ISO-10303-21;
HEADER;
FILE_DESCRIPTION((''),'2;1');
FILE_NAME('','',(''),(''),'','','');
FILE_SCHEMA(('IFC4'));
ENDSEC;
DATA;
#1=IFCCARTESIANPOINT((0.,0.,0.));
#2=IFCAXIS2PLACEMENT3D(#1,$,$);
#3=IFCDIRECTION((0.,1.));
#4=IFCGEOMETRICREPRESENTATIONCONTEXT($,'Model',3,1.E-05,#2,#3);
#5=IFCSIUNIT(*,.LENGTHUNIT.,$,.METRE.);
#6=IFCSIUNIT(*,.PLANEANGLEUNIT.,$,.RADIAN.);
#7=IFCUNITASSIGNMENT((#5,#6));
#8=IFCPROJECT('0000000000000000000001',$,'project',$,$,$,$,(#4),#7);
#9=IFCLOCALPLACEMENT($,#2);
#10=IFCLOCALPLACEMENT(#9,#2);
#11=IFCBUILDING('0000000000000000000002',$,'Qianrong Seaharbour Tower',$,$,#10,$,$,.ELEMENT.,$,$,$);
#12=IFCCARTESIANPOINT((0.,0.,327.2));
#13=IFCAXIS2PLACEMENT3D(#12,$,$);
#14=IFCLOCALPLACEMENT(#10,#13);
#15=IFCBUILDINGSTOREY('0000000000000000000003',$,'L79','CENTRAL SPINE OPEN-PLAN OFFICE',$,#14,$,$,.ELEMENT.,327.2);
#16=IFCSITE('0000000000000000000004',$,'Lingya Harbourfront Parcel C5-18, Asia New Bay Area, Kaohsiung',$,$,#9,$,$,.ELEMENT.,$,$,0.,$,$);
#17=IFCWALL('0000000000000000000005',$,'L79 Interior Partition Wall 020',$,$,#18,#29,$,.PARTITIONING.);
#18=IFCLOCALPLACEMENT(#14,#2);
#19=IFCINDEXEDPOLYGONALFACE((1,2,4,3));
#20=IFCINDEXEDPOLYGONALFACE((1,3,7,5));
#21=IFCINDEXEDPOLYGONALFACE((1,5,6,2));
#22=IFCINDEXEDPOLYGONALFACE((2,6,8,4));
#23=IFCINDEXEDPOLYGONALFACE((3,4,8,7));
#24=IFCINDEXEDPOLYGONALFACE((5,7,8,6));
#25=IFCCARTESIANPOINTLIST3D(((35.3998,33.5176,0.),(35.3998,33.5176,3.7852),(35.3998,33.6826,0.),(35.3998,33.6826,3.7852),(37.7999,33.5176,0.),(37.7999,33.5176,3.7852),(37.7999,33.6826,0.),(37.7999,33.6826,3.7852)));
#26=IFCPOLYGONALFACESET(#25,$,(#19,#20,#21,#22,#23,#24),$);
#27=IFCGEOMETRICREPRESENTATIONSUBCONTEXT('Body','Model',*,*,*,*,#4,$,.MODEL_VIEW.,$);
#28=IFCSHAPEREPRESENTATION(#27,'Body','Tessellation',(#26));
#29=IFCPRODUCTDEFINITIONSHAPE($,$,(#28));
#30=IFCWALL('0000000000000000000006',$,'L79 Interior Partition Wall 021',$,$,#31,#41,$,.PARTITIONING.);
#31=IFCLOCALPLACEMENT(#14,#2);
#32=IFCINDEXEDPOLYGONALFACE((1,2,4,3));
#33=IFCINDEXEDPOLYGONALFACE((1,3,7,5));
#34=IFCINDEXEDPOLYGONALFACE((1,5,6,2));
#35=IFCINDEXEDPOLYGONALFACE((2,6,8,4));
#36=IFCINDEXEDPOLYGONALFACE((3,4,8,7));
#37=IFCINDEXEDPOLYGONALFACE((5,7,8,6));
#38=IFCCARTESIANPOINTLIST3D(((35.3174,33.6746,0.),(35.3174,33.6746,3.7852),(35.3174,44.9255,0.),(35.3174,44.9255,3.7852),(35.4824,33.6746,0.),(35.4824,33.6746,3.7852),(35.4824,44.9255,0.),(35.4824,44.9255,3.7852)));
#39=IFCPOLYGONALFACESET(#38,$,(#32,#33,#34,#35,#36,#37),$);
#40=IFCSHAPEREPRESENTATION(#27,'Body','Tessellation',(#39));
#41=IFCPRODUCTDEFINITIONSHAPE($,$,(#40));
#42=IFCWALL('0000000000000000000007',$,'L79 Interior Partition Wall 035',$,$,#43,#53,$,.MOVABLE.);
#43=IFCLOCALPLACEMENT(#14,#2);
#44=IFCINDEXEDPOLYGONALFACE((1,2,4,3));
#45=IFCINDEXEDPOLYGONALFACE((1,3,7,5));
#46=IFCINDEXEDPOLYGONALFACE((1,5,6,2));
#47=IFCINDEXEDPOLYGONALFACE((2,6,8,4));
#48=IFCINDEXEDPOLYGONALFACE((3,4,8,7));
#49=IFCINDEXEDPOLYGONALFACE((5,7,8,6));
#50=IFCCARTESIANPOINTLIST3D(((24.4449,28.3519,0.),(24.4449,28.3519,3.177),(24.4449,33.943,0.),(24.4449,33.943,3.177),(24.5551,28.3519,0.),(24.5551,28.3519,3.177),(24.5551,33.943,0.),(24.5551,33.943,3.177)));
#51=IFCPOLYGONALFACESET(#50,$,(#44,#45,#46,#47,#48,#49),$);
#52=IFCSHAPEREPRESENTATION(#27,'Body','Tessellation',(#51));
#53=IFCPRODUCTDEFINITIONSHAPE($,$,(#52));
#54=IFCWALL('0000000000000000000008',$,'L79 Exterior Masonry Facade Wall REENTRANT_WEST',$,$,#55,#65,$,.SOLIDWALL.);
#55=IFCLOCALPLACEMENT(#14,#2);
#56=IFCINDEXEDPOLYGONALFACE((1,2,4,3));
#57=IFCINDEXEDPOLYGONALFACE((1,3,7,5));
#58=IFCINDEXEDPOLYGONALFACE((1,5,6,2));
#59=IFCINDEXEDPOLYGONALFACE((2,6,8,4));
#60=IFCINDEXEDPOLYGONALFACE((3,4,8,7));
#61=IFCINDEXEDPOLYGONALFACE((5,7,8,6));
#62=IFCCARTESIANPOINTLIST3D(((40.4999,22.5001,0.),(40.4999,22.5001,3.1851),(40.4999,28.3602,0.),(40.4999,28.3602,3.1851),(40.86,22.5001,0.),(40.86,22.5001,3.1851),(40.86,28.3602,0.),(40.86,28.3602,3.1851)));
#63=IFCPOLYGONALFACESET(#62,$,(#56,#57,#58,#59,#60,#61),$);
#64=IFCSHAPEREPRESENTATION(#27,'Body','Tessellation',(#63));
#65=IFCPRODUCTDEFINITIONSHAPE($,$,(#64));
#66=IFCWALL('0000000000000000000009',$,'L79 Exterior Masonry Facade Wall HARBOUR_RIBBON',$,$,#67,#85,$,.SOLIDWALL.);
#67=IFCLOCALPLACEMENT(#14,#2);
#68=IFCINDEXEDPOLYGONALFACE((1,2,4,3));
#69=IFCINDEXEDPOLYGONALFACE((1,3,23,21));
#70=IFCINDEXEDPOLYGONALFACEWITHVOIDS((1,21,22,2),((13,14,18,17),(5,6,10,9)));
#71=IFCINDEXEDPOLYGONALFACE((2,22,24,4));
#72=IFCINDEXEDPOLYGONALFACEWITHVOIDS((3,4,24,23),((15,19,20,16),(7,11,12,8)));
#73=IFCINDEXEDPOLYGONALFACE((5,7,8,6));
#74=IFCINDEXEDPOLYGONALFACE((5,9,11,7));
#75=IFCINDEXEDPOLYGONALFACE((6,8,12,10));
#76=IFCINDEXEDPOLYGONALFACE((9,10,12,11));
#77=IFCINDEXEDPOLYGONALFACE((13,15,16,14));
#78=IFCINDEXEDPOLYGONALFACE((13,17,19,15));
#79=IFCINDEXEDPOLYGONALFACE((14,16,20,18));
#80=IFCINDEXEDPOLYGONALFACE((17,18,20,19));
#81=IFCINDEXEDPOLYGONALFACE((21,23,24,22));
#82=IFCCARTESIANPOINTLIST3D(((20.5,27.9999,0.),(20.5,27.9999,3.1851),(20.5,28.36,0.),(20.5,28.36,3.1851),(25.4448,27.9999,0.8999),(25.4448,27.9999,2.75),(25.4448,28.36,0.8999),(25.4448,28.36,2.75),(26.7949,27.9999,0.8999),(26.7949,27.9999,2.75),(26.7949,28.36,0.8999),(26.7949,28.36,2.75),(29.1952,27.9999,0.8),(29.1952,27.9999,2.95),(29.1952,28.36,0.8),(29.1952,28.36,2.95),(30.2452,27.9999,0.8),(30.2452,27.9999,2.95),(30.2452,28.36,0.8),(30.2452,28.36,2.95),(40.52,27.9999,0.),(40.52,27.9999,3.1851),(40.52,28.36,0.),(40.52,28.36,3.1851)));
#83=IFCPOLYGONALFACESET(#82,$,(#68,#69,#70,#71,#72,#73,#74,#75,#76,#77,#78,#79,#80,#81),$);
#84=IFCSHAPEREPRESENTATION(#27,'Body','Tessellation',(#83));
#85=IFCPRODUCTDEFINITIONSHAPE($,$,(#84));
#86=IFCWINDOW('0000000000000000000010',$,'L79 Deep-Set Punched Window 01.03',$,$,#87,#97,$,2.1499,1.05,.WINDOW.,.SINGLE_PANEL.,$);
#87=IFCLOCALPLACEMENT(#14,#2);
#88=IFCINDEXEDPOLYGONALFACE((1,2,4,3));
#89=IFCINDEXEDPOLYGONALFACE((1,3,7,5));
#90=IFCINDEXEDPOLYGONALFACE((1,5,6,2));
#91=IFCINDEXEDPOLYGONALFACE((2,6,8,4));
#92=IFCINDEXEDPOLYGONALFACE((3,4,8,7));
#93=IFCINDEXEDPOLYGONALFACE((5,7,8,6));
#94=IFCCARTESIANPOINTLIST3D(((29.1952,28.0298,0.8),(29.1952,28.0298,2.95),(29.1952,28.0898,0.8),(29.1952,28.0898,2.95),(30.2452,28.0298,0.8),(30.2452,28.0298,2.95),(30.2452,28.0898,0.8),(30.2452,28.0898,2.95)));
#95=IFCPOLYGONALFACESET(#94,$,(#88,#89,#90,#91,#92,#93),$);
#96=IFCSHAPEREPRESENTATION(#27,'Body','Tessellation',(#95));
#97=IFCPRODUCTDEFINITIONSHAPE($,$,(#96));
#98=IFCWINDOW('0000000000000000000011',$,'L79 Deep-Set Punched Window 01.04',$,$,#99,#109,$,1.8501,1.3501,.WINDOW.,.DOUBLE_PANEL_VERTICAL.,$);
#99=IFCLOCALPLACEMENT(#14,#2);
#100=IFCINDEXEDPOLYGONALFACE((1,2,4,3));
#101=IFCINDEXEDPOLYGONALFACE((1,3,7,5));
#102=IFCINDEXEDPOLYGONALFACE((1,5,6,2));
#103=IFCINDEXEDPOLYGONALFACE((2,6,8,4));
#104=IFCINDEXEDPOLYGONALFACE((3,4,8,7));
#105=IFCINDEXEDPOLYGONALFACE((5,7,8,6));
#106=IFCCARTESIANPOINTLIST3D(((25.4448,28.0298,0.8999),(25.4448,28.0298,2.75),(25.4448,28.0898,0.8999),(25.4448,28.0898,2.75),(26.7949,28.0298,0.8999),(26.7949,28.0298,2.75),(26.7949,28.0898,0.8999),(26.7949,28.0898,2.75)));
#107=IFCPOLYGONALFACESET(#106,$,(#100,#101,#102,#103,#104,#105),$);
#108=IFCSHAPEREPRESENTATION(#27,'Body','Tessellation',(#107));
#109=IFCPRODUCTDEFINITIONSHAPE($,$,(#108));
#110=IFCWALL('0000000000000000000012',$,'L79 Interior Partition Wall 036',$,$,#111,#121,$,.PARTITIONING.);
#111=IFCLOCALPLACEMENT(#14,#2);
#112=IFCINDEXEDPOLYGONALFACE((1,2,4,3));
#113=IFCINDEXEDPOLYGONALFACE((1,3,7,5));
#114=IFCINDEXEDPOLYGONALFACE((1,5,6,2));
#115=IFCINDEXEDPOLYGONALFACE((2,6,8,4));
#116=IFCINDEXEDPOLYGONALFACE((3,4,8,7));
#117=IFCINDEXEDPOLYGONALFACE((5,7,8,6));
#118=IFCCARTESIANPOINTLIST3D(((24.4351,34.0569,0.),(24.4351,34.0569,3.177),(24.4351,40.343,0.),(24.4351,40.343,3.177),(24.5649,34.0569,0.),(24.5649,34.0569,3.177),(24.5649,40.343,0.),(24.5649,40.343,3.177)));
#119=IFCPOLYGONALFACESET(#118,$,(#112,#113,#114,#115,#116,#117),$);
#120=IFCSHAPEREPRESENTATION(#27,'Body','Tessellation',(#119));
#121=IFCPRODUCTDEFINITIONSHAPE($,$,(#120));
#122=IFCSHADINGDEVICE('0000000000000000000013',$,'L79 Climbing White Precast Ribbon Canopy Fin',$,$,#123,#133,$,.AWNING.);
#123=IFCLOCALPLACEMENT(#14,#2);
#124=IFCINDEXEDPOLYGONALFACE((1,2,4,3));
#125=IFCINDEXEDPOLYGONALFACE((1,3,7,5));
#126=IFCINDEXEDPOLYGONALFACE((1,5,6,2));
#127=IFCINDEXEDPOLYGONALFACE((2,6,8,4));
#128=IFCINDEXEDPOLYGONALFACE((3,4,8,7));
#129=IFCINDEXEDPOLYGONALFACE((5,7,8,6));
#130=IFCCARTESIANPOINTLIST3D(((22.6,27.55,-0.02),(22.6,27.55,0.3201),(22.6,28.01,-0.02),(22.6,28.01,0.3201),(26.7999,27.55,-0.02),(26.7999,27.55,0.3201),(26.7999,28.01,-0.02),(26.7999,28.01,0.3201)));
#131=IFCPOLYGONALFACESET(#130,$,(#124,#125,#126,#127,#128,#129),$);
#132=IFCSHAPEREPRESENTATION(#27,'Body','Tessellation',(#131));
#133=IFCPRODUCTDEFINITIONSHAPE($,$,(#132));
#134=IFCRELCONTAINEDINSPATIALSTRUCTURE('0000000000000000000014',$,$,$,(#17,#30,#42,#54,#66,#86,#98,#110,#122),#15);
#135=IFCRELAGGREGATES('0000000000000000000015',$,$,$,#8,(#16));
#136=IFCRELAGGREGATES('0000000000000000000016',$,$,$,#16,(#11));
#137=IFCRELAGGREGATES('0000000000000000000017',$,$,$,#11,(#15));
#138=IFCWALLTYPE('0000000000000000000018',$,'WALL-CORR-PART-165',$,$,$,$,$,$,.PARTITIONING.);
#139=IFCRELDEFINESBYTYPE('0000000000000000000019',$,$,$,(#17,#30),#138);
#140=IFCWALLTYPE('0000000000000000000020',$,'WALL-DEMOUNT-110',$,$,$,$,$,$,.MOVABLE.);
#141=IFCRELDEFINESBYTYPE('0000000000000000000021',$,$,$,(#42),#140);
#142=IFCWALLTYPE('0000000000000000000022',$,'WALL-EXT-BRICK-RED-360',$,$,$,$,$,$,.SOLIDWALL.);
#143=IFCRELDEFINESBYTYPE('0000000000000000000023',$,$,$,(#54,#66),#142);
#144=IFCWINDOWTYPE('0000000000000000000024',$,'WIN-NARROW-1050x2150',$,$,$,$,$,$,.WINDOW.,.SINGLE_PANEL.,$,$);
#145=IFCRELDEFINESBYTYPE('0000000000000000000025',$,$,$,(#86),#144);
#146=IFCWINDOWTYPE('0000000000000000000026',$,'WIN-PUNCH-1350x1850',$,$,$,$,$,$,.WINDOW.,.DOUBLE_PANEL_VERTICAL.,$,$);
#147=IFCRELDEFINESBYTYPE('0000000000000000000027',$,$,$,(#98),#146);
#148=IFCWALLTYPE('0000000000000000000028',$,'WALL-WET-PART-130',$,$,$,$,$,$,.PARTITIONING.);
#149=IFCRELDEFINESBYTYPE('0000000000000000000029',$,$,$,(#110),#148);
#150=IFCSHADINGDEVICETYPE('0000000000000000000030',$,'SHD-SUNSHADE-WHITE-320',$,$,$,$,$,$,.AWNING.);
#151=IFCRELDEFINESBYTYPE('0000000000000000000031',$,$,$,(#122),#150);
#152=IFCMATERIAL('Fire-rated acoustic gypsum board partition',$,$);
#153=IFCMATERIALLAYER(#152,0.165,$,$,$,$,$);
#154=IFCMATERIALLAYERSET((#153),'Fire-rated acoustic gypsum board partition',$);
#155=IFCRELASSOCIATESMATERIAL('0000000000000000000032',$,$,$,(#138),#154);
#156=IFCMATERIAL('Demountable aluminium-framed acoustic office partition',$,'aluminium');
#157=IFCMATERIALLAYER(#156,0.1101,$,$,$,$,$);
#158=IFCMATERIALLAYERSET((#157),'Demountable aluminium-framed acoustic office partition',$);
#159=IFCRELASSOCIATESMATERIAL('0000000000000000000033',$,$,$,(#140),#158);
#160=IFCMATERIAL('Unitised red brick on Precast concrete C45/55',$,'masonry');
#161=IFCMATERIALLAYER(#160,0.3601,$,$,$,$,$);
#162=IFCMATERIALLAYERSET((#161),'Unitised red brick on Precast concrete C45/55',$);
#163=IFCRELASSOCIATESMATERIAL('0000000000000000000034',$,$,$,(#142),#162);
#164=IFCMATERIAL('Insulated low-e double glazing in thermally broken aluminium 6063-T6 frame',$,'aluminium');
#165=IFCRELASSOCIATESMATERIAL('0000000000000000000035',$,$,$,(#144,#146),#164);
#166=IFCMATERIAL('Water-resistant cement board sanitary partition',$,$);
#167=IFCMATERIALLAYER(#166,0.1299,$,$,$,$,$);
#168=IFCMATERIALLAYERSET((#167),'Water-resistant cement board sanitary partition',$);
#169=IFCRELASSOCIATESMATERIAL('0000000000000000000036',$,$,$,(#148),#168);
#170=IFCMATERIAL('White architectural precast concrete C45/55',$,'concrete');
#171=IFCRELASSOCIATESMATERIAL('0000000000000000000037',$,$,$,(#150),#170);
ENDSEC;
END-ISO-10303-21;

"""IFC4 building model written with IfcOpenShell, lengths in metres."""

from ifc_helpers import new_model, si_unit, direction, frame, frame_2d, origin, origin_2d, place, context, subcontext, project, spatial, rectangle, extrude, material, layer, layer_set, type_object, element, fill, save


model = new_model("IFC4")

# Units and contexts
model_context = context("Model", 3, precision=1e-05, world=origin(), true_north=direction((0.0, 1.0)))
body_context = subcontext(model_context, "Body", "Model", "MODEL_VIEW")
ifc_project = project(units=[si_unit("LENGTHUNIT", "METRE"), si_unit("PLANEANGLEUNIT", "RADIAN")], contexts=[model_context])

# Site, building, storey
site_placement = place(None, origin())
site = spatial("IfcSite", under=ifc_project, at=site_placement, Name="Lingya Harbourfront Parcel C5-18, Asia New Bay Area, Kaohsiung", CompositionType="ELEMENT", RefElevation=0.0)
building_placement = place(site_placement, origin())
building = spatial("IfcBuilding", under=site, at=building_placement, Name="Qianrong Seaharbour Tower", CompositionType="ELEMENT")
storey_placement = place(building_placement, frame((0.0, 0.0, 327.2)))
storey = spatial("IfcBuildingStorey", under=building, at=storey_placement, Name="L79", Description="CENTRAL SPINE OPEN-PLAN OFFICE", CompositionType="ELEMENT", Elevation=327.2)

# Walls
ifc_material_1 = material(Name="Fire-rated acoustic gypsum board partition")
ifc_layer_1 = layer(ifc_material_1, 0.165)
ifc_layer_set_1 = layer_set([ifc_layer_1], Name="Fire-rated acoustic gypsum board partition")
wall_type_1 = type_object("IfcWallType", Name="WALL-CORR-PART-165", PredefinedType="PARTITIONING", material=ifc_layer_set_1)
wall_1_placement = place(storey_placement, frame((37.8, 33.6001, 0.0), z_axis=(0.0, 0.0, 1.0), x_axis=(-1.0, 0.0, 0.0)))
element("IfcWall", 1, at=wall_1_placement, inside=storey, type_object=wall_type_1, Name="L79 Interior Partition Wall 020", PredefinedType="PARTITIONING", context=body_context, shape_type="SweptSolid", body=[
    extrude(rectangle(XDim=2.4001, YDim=0.165, at=frame_2d((1.2002, 0.0))), origin(), (0.0, 0.0, 1.0), 3.7852),
])
wall_2_placement = place(storey_placement, frame((35.3999, 33.6746, 0.0), z_axis=(0.0, 0.0, 1.0), x_axis=(0.0, 1.0, 0.0)))
element("IfcWall", 2, at=wall_2_placement, inside=storey, type_object=wall_type_1, Name="L79 Interior Partition Wall 021", PredefinedType="PARTITIONING", context=body_context, shape_type="SweptSolid", body=[
    extrude(rectangle(XDim=11.251, YDim=0.165, at=frame_2d((5.6255, 0.0))), origin(), (0.0, 0.0, 1.0), 3.7852),
])
ifc_material_2 = material(Name="Demountable aluminium-framed acoustic office partition", Category="aluminium")
ifc_layer_2 = layer(ifc_material_2, 0.1101)
ifc_layer_set_2 = layer_set([ifc_layer_2], Name="Demountable aluminium-framed acoustic office partition")
wall_type_2 = type_object("IfcWallType", Name="WALL-DEMOUNT-110", PredefinedType="MOVABLE", material=ifc_layer_set_2)
wall_3_placement = place(storey_placement, frame((24.5, 28.3521, 0.0), z_axis=(0.0, 0.0, 1.0), x_axis=(0.0, 1.0, 0.0)))
element("IfcWall", 3, at=wall_3_placement, inside=storey, type_object=wall_type_2, Name="L79 Interior Partition Wall 035", PredefinedType="MOVABLE", context=body_context, shape_type="SweptSolid", body=[
    extrude(rectangle(XDim=5.5911, YDim=0.1101, at=frame_2d((2.7954, 0.0))), origin(), (0.0, 0.0, 1.0), 3.177),
])
ifc_material_3 = material(Name="Unitised red brick on Precast concrete C45/55", Category="masonry")
ifc_layer_3 = layer(ifc_material_3, 0.3601)
ifc_layer_set_3 = layer_set([ifc_layer_3], Name="Unitised red brick on Precast concrete C45/55")
wall_type_3 = type_object("IfcWallType", Name="WALL-EXT-BRICK-RED-360", PredefinedType="SOLIDWALL", material=ifc_layer_set_3)
wall_4_placement = place(storey_placement, frame((40.6799, 22.5, 0.0), z_axis=(0.0, 0.0, 1.0), x_axis=(0.0, 1.0, 0.0)))
element("IfcWall", 4, at=wall_4_placement, inside=storey, type_object=wall_type_3, Name="L79 Exterior Masonry Facade Wall REENTRANT_WEST", PredefinedType="SOLIDWALL", context=body_context, shape_type="SweptSolid", body=[
    extrude(rectangle(XDim=5.8601, YDim=0.3601, at=frame_2d((2.9302, 0.0))), origin(), (0.0, 0.0, 1.0), 3.1851),
])

# Wall, openings, windows
wall_5_placement = place(storey_placement, frame((40.52, 28.1799, 0.0), z_axis=(0.0, 0.0, 1.0), x_axis=(-1.0, 0.0, 0.0)))
wall_5 = element("IfcWall", 5, at=wall_5_placement, inside=storey, type_object=wall_type_3, Name="L79 Exterior Masonry Facade Wall HARBOUR_RIBBON", PredefinedType="SOLIDWALL", context=body_context, shape_type="SweptSolid", body=[
    extrude(rectangle(XDim=20.02, YDim=0.3601, at=frame_2d((10.01, 0.0))), origin(), (0.0, 0.0, 1.0), 3.1851),
])
opening_1_placement = place(wall_5_placement, frame((10.2749, 0.0, 0.8)))
opening_1 = element("IfcOpeningElement", 6, at=opening_1_placement, cuts=wall_5, PredefinedType="OPENING", context=body_context, shape_type="SweptSolid", body=[
    extrude(rectangle(XDim=1.05, YDim=2.1499, at=frame_2d((0.5249, 1.075))), frame((0.0, 0.1899, 0.0), z_axis=(0.0, -1.0, 0.0), x_axis=(1.0, 0.0, 0.0)), (0.0, 0.0, 1.0), 0.3801),
])
opening_2_placement = place(wall_5_placement, frame((13.7251, 0.0, 0.8999)))
opening_2 = element("IfcOpeningElement", 7, at=opening_2_placement, cuts=wall_5, PredefinedType="OPENING", context=body_context, shape_type="SweptSolid", body=[
    extrude(rectangle(XDim=1.3501, YDim=1.8501, at=frame_2d((0.675, 0.925))), frame((0.0, 0.1899, 0.0), z_axis=(0.0, -1.0, 0.0), x_axis=(1.0, 0.0, 0.0)), (0.0, 0.0, 1.0), 0.3801),
])
ifc_material_4 = material(Name="Insulated low-e double glazing in thermally broken aluminium 6063-T6 frame", Category="aluminium")
window_type_1 = type_object("IfcWindowType", Name="WIN-NARROW-1050x2150", PartitioningType="SINGLE_PANEL", PredefinedType="WINDOW", material=ifc_material_4)
window_1_placement = place(opening_1_placement, origin())
window_1 = element("IfcWindow", 8, at=window_1_placement, inside=storey, type_object=window_type_1, Name="L79 Deep-Set Punched Window 01.03", OverallHeight=2.1499, OverallWidth=1.05, PartitioningType="SINGLE_PANEL", PredefinedType="WINDOW", context=body_context, shape_type="SweptSolid", body=[
    extrude(rectangle(XDim=1.05, YDim=2.1499, at=frame_2d((0.5249, 1.075))), frame((0.0, 0.1501, 0.0), z_axis=(0.0, -1.0, 0.0), x_axis=(1.0, 0.0, 0.0)), (0.0, 0.0, 1.0), 0.0601),
])
fill(opening_1, window_1)
window_type_2 = type_object("IfcWindowType", Name="WIN-PUNCH-1350x1850", PartitioningType="DOUBLE_PANEL_VERTICAL", PredefinedType="WINDOW", material=ifc_material_4)
window_2_placement = place(opening_2_placement, origin())
window_2 = element("IfcWindow", 9, at=window_2_placement, inside=storey, type_object=window_type_2, Name="L79 Deep-Set Punched Window 01.04", OverallHeight=1.8501, OverallWidth=1.3501, PartitioningType="DOUBLE_PANEL_VERTICAL", PredefinedType="WINDOW", context=body_context, shape_type="SweptSolid", body=[
    extrude(rectangle(XDim=1.3501, YDim=1.8501, at=frame_2d((0.675, 0.925))), frame((0.0, 0.1501, 0.0), z_axis=(0.0, -1.0, 0.0), x_axis=(1.0, 0.0, 0.0)), (0.0, 0.0, 1.0), 0.0601),
])
fill(opening_2, window_2)

# Wall
ifc_material_5 = material(Name="Water-resistant cement board sanitary partition")
ifc_layer_4 = layer(ifc_material_5, 0.1299)
ifc_layer_set_4 = layer_set([ifc_layer_4], Name="Water-resistant cement board sanitary partition")
wall_type_4 = type_object("IfcWallType", Name="WALL-WET-PART-130", PredefinedType="PARTITIONING", material=ifc_layer_set_4)
wall_6_placement = place(storey_placement, frame((24.5, 34.0569, 0.0), z_axis=(0.0, 0.0, 1.0), x_axis=(0.0, 1.0, 0.0)))
element("IfcWall", 10, at=wall_6_placement, inside=storey, type_object=wall_type_4, Name="L79 Interior Partition Wall 036", PredefinedType="PARTITIONING", context=body_context, shape_type="SweptSolid", body=[
    extrude(rectangle(XDim=6.2861, YDim=0.1299, at=frame_2d((3.1431, 0.0))), origin(), (0.0, 0.0, 1.0), 3.177),
])

# Shading device
ifc_material_6 = material(Name="White architectural precast concrete C45/55", Category="concrete")
shading_device_type = type_object("IfcShadingDeviceType", Name="SHD-SUNSHADE-WHITE-320", PredefinedType="AWNING", material=ifc_material_6)
shading_device_placement = place(storey_placement, frame((24.7, 27.78, -0.02), z_axis=(0.0, 0.0, 1.0), x_axis=(1.0, 0.0, 0.0)))
element("IfcShadingDevice", 11, at=shading_device_placement, inside=storey, type_object=shading_device_type, Name="L79 Climbing White Precast Ribbon Canopy Fin", PredefinedType="AWNING", context=body_context, shape_type="SweptSolid", body=[
    extrude(rectangle(XDim=4.2, YDim=0.46, at=origin_2d()), origin(), (0.0, 0.0, 1.0), 0.3401),
])

save(model, "model.ifc")
